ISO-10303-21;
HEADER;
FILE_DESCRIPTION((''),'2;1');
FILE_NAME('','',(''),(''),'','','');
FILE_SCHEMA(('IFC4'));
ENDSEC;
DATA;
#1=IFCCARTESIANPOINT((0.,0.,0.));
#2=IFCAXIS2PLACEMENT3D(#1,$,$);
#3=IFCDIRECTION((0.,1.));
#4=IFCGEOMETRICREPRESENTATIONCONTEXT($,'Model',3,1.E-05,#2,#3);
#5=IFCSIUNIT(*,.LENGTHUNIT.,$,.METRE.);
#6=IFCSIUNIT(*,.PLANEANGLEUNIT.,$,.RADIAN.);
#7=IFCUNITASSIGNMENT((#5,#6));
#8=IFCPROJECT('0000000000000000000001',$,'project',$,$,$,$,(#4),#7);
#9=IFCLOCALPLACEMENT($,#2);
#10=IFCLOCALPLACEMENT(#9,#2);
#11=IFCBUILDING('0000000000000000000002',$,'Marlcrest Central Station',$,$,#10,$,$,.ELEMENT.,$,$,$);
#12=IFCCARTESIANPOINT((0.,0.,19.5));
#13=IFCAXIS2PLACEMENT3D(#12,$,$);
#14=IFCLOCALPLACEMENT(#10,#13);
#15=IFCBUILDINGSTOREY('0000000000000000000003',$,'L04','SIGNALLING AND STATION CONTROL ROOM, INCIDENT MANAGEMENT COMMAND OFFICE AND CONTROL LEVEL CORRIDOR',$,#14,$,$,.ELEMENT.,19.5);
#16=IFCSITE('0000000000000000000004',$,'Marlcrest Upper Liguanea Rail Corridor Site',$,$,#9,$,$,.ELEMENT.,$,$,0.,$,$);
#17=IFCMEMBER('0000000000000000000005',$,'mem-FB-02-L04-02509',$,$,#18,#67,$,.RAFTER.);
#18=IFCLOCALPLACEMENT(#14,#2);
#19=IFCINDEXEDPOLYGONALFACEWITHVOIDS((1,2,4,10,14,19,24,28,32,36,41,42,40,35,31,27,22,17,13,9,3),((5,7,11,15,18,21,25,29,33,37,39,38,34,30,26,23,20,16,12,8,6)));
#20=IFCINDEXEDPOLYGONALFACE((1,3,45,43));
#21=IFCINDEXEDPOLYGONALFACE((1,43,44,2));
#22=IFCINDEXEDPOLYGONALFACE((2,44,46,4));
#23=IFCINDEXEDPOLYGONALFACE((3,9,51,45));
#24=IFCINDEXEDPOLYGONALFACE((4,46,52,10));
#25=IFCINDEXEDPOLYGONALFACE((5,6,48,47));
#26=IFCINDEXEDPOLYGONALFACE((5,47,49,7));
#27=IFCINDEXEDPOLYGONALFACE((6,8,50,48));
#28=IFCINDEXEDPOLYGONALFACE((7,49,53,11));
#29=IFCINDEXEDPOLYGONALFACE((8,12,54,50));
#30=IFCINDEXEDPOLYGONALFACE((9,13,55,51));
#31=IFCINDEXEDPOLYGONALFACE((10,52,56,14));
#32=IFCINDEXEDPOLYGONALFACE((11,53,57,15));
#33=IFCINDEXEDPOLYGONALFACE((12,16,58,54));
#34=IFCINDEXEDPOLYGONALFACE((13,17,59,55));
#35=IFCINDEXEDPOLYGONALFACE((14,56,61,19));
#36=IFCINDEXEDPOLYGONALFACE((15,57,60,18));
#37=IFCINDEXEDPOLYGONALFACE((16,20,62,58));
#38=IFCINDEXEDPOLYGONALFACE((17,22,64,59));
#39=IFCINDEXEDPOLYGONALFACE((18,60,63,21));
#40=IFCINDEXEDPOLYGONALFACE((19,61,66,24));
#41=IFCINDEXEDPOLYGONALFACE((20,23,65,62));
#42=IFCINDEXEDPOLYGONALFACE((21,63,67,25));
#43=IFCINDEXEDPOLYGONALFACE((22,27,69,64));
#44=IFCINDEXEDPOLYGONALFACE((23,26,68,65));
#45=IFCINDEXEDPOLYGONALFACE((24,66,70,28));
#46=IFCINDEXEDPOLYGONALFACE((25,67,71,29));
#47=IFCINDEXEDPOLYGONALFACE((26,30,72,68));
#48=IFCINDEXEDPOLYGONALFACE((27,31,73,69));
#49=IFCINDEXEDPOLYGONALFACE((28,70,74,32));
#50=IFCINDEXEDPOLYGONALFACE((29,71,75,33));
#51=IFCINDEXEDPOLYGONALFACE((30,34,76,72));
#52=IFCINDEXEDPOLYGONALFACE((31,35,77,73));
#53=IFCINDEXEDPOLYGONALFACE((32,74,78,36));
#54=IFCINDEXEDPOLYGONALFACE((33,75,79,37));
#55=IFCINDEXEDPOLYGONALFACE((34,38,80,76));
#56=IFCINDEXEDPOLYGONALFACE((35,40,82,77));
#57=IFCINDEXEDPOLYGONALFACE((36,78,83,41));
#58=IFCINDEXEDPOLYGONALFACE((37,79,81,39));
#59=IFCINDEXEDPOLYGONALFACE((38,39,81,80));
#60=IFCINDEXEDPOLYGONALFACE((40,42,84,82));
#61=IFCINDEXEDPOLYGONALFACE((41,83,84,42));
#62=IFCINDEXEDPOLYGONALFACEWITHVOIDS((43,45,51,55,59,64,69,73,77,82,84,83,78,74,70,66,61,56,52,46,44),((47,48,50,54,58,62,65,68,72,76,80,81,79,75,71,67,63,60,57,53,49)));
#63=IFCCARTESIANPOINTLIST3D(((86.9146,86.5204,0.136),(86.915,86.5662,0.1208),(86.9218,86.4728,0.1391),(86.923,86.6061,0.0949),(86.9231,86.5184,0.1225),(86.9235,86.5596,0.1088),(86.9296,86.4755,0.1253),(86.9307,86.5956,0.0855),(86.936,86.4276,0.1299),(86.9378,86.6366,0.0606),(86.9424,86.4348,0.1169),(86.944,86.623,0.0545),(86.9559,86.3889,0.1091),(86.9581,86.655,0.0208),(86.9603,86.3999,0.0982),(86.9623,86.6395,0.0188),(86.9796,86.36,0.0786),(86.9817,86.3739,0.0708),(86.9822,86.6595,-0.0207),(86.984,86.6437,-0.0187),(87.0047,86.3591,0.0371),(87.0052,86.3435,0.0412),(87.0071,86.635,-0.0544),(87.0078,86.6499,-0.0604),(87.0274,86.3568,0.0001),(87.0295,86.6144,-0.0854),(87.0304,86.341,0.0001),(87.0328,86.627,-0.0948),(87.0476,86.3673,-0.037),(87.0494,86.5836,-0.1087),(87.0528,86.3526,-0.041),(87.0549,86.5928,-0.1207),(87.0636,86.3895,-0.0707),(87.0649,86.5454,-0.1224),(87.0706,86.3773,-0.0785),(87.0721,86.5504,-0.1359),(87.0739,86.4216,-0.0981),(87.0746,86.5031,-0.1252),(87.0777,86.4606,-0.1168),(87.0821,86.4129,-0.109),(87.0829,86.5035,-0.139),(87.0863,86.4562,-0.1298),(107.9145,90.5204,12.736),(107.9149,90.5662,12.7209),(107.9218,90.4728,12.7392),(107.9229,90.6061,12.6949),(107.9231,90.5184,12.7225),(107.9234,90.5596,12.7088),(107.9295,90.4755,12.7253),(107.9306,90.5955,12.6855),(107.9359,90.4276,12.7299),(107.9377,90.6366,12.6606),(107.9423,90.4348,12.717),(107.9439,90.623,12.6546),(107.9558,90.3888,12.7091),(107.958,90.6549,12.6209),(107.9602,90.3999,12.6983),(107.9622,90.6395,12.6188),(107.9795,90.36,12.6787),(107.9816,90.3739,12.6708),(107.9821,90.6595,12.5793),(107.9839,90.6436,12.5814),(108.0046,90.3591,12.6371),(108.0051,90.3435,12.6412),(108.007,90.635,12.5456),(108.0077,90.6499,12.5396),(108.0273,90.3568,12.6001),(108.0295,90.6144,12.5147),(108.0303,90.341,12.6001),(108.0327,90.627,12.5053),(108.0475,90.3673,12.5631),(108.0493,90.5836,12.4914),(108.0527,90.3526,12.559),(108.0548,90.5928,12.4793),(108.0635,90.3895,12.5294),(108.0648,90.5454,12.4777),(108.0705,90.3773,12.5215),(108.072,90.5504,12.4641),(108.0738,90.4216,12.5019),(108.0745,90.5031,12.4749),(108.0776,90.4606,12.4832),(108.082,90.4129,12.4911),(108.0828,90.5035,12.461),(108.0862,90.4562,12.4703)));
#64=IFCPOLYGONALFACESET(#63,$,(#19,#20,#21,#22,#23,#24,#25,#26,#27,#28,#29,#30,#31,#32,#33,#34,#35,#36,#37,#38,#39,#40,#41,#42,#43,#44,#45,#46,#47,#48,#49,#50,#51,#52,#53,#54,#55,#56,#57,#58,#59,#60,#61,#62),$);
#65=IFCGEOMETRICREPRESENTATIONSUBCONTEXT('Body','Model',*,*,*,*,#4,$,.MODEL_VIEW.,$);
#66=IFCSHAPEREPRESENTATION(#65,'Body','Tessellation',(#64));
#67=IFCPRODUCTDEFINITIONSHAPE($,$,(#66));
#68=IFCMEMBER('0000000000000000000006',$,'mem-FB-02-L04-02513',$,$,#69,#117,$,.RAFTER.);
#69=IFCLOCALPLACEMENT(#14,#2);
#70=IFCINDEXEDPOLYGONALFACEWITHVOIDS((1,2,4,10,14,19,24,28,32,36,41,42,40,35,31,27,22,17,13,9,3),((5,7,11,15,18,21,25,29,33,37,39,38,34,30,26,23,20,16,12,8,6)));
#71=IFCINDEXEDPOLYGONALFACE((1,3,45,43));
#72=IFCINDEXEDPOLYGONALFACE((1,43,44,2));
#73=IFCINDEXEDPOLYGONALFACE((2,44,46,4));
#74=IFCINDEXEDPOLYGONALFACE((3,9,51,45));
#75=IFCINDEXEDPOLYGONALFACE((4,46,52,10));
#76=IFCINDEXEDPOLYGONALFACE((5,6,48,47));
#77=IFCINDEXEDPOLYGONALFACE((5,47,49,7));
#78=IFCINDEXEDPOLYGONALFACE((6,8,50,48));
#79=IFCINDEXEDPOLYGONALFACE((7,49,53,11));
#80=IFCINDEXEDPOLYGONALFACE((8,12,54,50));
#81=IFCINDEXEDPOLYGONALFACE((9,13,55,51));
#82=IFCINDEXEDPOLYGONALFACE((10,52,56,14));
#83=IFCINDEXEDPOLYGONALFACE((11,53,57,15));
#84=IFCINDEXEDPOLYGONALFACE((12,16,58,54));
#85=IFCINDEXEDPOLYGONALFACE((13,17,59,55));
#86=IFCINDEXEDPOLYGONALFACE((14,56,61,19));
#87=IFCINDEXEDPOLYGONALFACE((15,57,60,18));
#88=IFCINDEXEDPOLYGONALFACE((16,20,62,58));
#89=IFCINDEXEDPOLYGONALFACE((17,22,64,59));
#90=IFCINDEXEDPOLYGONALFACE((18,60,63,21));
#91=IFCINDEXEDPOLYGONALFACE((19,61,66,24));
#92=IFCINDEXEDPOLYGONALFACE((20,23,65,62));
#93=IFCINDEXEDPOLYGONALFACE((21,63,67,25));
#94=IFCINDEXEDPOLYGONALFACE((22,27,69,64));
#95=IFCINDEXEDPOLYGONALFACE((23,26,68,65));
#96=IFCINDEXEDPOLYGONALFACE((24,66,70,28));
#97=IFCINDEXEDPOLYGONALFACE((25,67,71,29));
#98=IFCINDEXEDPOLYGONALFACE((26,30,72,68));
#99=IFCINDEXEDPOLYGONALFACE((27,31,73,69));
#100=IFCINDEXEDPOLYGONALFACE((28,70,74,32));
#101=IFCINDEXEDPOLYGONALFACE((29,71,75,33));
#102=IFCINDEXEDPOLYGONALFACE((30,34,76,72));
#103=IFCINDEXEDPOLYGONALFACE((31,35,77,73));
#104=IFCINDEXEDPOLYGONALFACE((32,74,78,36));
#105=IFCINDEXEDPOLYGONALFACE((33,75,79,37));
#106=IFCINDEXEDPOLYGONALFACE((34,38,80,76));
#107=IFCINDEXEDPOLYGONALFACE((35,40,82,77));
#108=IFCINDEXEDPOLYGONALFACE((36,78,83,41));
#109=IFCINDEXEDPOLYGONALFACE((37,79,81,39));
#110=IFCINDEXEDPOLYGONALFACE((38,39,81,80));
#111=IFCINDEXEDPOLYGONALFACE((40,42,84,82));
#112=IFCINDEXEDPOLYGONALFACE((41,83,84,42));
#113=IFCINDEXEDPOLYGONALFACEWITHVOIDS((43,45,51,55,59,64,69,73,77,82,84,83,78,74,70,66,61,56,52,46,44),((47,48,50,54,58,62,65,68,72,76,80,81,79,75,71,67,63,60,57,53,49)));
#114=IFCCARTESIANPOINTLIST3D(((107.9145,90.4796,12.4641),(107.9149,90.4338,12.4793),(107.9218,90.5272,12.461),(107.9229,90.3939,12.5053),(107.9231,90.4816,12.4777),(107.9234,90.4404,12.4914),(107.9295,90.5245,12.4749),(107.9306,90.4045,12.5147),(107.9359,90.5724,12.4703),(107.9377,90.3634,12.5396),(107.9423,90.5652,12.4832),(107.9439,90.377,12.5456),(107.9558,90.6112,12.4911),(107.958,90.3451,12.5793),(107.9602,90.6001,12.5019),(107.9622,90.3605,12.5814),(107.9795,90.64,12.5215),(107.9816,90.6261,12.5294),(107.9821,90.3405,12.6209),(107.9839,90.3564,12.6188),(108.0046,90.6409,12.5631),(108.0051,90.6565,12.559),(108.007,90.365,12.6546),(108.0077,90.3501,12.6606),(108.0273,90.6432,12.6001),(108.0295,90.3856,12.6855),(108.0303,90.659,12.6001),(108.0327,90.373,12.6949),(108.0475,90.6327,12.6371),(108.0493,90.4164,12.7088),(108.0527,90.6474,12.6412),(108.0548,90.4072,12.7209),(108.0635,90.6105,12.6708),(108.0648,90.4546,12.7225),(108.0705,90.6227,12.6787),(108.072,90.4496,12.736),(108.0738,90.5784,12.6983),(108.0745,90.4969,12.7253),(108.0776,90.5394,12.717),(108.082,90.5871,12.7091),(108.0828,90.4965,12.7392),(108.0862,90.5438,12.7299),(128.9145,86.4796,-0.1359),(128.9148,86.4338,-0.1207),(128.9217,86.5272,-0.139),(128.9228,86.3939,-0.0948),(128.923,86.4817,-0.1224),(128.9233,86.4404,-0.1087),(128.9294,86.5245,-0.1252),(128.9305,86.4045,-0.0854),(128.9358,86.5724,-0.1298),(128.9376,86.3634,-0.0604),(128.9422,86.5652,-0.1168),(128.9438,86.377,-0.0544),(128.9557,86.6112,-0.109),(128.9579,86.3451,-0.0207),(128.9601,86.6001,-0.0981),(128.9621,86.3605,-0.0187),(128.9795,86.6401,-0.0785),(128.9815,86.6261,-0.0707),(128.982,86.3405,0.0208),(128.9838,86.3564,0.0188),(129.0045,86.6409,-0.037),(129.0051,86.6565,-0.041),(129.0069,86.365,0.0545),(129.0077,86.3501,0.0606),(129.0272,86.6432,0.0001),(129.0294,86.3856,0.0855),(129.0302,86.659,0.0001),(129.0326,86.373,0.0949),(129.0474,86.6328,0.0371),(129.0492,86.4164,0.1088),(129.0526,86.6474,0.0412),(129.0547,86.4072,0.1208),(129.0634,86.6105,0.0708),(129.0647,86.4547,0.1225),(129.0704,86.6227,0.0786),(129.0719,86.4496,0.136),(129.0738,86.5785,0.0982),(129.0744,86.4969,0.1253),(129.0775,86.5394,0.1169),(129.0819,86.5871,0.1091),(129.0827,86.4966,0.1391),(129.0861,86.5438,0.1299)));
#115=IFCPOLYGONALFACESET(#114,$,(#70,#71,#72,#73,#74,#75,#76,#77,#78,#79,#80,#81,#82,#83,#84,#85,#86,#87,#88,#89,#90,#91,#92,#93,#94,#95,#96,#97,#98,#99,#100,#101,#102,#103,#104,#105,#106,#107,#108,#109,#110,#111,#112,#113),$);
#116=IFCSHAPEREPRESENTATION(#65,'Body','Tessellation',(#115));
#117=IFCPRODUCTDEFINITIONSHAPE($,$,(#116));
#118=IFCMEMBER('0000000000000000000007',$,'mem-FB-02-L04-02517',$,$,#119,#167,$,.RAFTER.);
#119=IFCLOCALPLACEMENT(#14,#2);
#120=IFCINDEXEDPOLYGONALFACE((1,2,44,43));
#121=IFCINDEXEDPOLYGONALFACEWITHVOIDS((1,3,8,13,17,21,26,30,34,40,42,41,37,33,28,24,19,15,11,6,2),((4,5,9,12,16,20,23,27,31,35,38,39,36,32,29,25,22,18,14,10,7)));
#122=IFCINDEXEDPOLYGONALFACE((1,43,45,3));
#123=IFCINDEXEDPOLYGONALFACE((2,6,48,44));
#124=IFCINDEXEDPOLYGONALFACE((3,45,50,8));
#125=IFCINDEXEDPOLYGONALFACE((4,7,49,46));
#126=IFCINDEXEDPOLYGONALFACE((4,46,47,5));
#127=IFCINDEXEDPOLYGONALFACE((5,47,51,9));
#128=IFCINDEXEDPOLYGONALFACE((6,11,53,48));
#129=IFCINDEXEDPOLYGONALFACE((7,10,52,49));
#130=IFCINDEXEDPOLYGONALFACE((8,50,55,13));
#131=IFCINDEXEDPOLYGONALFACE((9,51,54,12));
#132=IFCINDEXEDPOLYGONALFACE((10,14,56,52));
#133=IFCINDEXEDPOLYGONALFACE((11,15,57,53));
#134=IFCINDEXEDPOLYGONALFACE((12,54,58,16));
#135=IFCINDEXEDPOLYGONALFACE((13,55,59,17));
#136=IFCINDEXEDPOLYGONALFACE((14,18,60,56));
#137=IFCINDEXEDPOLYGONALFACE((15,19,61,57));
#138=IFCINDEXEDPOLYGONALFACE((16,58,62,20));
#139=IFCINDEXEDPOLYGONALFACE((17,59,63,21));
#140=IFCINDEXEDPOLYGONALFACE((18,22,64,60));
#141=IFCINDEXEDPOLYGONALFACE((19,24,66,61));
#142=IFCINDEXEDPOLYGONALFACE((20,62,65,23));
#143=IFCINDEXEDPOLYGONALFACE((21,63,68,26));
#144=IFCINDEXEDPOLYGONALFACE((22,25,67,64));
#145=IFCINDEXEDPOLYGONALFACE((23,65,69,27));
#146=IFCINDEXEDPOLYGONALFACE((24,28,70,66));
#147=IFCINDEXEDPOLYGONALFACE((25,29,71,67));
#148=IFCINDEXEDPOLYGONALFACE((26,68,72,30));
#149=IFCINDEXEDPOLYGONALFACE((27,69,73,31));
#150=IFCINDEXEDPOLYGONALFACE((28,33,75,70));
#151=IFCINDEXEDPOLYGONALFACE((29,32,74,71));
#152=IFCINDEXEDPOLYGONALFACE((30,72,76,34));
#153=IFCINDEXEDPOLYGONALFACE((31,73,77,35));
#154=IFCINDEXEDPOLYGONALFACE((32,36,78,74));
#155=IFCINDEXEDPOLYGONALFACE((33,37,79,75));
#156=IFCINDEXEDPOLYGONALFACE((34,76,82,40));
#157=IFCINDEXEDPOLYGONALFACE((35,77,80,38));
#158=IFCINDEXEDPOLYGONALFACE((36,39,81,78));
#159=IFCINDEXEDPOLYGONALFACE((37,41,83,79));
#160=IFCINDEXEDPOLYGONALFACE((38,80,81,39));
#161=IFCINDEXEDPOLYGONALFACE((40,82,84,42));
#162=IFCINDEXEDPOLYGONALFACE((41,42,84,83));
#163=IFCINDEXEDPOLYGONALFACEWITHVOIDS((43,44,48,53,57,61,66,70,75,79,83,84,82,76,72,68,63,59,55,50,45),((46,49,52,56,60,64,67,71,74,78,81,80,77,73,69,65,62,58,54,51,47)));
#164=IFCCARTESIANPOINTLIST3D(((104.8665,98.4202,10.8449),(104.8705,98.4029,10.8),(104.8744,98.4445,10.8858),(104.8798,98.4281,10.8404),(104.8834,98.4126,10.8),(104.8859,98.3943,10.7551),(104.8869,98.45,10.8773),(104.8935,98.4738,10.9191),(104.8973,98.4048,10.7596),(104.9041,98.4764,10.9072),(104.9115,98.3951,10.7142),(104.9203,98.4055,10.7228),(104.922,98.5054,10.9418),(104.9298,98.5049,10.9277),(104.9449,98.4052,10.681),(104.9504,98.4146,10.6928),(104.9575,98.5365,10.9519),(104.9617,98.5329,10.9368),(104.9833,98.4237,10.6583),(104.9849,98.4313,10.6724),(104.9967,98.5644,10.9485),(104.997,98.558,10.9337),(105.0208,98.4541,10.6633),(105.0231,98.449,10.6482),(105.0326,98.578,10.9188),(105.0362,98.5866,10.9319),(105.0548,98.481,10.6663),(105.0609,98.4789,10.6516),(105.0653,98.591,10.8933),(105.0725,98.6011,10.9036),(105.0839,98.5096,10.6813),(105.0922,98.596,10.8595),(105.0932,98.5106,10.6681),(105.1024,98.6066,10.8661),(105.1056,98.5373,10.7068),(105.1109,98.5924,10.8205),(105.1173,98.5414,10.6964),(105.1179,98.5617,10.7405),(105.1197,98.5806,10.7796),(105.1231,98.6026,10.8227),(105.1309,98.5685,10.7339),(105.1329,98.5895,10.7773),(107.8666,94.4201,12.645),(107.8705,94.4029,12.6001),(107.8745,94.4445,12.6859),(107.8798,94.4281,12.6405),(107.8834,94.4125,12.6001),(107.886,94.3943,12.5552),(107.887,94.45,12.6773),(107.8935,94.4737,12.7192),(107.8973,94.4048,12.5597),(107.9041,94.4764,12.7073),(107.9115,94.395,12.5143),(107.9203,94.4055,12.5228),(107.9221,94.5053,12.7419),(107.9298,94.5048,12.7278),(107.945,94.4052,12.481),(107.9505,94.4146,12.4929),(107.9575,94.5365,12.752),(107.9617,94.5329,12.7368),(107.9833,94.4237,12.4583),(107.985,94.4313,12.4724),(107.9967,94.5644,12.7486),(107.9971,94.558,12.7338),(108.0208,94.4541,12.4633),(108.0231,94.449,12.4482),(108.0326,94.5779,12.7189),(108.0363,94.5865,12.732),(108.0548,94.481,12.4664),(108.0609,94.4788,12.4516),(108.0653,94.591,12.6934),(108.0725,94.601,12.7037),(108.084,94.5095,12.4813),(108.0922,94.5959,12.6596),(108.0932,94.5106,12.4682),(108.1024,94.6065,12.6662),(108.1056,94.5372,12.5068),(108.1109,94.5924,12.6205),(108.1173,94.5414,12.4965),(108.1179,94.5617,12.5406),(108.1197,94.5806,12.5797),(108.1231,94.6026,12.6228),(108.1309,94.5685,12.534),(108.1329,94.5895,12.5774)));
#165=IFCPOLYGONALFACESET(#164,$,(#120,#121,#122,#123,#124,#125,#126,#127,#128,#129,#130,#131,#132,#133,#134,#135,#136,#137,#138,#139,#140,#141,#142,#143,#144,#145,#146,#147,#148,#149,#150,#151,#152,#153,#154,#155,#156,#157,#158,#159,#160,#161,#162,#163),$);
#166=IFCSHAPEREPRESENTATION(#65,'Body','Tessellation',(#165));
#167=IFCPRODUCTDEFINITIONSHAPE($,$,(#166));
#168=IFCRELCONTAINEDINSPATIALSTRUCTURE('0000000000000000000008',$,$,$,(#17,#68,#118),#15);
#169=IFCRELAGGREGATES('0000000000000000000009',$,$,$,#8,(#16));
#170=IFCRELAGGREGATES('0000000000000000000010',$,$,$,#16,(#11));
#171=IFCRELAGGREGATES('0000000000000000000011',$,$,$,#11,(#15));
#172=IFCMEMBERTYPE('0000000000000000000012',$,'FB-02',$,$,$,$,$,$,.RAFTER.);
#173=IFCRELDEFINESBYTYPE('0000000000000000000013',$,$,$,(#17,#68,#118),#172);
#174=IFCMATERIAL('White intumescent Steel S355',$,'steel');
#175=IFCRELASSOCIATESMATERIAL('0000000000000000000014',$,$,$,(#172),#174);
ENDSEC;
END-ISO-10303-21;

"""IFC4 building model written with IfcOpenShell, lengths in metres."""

from ifc_helpers import new_model, si_unit, direction, frame, origin, origin_2d, place, context, subcontext, project, spatial, hollow_circle, extrude, material, material_profile, profile_set, type_object, element, save


model = new_model("IFC4")

# Units and contexts
model_context = context("Model", 3, precision=1e-05, world=origin(), true_north=direction((0.0, 1.0)))
body_context = subcontext(model_context, "Body", "Model", "MODEL_VIEW")
ifc_project = project(units=[si_unit("LENGTHUNIT", "METRE"), si_unit("PLANEANGLEUNIT", "RADIAN")], contexts=[model_context])

# Site, building, storey
site_placement = place(None, origin())
site = spatial("IfcSite", under=ifc_project, at=site_placement, Name="Marlcrest Upper Liguanea Rail Corridor Site", CompositionType="ELEMENT", RefElevation=0.0)
building_placement = place(site_placement, origin())
building = spatial("IfcBuilding", under=site, at=building_placement, Name="Marlcrest Central Station", CompositionType="ELEMENT")
storey_placement = place(building_placement, frame((0.0, 0.0, 19.5)))
storey = spatial("IfcBuildingStorey", under=building, at=storey_placement, Name="L04", Description="SIGNALLING AND STATION CONTROL ROOM, INCIDENT MANAGEMENT COMMAND OFFICE AND CONTROL LEVEL CORRIDOR", CompositionType="ELEMENT", Elevation=19.5)

# Members
ifc_material_1 = material(Name="White intumescent Steel S355", Category="steel")
ifc_material_profile_1 = material_profile(ifc_material_1, hollow_circle(Radius=0.1619, WallThickness=0.0161, at=origin_2d()), Name="CHS 323.9x16")
ifc_profile_set_1 = profile_set([ifc_material_profile_1], Name="White intumescent Steel S355")
member_type_1 = type_object("IfcMemberType", Name="FB-02", PredefinedType="RAFTER", material=ifc_profile_set_1)
for number, where, z_axis, x_axis, name in (
    (1, (108.0, 90.5, 12.6001), (-0.846277, -0.161196, -0.50777), (0.187112, -0.982339, 0.0), "mem-FB-02-L04-02509"),
    (2, (108.0, 90.5, 12.6001), (0.846277, -0.161196, -0.50777), (0.187112, 0.982339, 0.0), "mem-FB-02-L04-02513"),
):
    element("IfcMember", number, at=place(storey_placement, frame(where, z_axis=z_axis, x_axis=x_axis)), inside=storey, type_object=member_type_1, Name=name, PredefinedType="RAFTER", context=body_context, shape_type="SweptSolid", body=[
        extrude(hollow_circle(Radius=0.1619, WallThickness=0.0161, at=origin_2d()), origin(), (0.0, 0.0, 1.0), 24.8145),
    ])
for number, where, z_axis, x_axis, name in (
    (3, (108.0, 94.5, 12.6001), (-0.564531, 0.752708, -0.338728), (-0.8, -0.6, 0.0), "mem-FB-02-L04-02517"),
):
    element("IfcMember", number, at=place(storey_placement, frame(where, z_axis=z_axis, x_axis=x_axis)), inside=storey, type_object=member_type_1, Name=name, PredefinedType="RAFTER", context=body_context, shape_type="SweptSolid", body=[
        extrude(hollow_circle(Radius=0.1619, WallThickness=0.0161, at=origin_2d()), origin(), (0.0, 0.0, 1.0), 5.3142),
    ])

save(model, "model.ifc")
